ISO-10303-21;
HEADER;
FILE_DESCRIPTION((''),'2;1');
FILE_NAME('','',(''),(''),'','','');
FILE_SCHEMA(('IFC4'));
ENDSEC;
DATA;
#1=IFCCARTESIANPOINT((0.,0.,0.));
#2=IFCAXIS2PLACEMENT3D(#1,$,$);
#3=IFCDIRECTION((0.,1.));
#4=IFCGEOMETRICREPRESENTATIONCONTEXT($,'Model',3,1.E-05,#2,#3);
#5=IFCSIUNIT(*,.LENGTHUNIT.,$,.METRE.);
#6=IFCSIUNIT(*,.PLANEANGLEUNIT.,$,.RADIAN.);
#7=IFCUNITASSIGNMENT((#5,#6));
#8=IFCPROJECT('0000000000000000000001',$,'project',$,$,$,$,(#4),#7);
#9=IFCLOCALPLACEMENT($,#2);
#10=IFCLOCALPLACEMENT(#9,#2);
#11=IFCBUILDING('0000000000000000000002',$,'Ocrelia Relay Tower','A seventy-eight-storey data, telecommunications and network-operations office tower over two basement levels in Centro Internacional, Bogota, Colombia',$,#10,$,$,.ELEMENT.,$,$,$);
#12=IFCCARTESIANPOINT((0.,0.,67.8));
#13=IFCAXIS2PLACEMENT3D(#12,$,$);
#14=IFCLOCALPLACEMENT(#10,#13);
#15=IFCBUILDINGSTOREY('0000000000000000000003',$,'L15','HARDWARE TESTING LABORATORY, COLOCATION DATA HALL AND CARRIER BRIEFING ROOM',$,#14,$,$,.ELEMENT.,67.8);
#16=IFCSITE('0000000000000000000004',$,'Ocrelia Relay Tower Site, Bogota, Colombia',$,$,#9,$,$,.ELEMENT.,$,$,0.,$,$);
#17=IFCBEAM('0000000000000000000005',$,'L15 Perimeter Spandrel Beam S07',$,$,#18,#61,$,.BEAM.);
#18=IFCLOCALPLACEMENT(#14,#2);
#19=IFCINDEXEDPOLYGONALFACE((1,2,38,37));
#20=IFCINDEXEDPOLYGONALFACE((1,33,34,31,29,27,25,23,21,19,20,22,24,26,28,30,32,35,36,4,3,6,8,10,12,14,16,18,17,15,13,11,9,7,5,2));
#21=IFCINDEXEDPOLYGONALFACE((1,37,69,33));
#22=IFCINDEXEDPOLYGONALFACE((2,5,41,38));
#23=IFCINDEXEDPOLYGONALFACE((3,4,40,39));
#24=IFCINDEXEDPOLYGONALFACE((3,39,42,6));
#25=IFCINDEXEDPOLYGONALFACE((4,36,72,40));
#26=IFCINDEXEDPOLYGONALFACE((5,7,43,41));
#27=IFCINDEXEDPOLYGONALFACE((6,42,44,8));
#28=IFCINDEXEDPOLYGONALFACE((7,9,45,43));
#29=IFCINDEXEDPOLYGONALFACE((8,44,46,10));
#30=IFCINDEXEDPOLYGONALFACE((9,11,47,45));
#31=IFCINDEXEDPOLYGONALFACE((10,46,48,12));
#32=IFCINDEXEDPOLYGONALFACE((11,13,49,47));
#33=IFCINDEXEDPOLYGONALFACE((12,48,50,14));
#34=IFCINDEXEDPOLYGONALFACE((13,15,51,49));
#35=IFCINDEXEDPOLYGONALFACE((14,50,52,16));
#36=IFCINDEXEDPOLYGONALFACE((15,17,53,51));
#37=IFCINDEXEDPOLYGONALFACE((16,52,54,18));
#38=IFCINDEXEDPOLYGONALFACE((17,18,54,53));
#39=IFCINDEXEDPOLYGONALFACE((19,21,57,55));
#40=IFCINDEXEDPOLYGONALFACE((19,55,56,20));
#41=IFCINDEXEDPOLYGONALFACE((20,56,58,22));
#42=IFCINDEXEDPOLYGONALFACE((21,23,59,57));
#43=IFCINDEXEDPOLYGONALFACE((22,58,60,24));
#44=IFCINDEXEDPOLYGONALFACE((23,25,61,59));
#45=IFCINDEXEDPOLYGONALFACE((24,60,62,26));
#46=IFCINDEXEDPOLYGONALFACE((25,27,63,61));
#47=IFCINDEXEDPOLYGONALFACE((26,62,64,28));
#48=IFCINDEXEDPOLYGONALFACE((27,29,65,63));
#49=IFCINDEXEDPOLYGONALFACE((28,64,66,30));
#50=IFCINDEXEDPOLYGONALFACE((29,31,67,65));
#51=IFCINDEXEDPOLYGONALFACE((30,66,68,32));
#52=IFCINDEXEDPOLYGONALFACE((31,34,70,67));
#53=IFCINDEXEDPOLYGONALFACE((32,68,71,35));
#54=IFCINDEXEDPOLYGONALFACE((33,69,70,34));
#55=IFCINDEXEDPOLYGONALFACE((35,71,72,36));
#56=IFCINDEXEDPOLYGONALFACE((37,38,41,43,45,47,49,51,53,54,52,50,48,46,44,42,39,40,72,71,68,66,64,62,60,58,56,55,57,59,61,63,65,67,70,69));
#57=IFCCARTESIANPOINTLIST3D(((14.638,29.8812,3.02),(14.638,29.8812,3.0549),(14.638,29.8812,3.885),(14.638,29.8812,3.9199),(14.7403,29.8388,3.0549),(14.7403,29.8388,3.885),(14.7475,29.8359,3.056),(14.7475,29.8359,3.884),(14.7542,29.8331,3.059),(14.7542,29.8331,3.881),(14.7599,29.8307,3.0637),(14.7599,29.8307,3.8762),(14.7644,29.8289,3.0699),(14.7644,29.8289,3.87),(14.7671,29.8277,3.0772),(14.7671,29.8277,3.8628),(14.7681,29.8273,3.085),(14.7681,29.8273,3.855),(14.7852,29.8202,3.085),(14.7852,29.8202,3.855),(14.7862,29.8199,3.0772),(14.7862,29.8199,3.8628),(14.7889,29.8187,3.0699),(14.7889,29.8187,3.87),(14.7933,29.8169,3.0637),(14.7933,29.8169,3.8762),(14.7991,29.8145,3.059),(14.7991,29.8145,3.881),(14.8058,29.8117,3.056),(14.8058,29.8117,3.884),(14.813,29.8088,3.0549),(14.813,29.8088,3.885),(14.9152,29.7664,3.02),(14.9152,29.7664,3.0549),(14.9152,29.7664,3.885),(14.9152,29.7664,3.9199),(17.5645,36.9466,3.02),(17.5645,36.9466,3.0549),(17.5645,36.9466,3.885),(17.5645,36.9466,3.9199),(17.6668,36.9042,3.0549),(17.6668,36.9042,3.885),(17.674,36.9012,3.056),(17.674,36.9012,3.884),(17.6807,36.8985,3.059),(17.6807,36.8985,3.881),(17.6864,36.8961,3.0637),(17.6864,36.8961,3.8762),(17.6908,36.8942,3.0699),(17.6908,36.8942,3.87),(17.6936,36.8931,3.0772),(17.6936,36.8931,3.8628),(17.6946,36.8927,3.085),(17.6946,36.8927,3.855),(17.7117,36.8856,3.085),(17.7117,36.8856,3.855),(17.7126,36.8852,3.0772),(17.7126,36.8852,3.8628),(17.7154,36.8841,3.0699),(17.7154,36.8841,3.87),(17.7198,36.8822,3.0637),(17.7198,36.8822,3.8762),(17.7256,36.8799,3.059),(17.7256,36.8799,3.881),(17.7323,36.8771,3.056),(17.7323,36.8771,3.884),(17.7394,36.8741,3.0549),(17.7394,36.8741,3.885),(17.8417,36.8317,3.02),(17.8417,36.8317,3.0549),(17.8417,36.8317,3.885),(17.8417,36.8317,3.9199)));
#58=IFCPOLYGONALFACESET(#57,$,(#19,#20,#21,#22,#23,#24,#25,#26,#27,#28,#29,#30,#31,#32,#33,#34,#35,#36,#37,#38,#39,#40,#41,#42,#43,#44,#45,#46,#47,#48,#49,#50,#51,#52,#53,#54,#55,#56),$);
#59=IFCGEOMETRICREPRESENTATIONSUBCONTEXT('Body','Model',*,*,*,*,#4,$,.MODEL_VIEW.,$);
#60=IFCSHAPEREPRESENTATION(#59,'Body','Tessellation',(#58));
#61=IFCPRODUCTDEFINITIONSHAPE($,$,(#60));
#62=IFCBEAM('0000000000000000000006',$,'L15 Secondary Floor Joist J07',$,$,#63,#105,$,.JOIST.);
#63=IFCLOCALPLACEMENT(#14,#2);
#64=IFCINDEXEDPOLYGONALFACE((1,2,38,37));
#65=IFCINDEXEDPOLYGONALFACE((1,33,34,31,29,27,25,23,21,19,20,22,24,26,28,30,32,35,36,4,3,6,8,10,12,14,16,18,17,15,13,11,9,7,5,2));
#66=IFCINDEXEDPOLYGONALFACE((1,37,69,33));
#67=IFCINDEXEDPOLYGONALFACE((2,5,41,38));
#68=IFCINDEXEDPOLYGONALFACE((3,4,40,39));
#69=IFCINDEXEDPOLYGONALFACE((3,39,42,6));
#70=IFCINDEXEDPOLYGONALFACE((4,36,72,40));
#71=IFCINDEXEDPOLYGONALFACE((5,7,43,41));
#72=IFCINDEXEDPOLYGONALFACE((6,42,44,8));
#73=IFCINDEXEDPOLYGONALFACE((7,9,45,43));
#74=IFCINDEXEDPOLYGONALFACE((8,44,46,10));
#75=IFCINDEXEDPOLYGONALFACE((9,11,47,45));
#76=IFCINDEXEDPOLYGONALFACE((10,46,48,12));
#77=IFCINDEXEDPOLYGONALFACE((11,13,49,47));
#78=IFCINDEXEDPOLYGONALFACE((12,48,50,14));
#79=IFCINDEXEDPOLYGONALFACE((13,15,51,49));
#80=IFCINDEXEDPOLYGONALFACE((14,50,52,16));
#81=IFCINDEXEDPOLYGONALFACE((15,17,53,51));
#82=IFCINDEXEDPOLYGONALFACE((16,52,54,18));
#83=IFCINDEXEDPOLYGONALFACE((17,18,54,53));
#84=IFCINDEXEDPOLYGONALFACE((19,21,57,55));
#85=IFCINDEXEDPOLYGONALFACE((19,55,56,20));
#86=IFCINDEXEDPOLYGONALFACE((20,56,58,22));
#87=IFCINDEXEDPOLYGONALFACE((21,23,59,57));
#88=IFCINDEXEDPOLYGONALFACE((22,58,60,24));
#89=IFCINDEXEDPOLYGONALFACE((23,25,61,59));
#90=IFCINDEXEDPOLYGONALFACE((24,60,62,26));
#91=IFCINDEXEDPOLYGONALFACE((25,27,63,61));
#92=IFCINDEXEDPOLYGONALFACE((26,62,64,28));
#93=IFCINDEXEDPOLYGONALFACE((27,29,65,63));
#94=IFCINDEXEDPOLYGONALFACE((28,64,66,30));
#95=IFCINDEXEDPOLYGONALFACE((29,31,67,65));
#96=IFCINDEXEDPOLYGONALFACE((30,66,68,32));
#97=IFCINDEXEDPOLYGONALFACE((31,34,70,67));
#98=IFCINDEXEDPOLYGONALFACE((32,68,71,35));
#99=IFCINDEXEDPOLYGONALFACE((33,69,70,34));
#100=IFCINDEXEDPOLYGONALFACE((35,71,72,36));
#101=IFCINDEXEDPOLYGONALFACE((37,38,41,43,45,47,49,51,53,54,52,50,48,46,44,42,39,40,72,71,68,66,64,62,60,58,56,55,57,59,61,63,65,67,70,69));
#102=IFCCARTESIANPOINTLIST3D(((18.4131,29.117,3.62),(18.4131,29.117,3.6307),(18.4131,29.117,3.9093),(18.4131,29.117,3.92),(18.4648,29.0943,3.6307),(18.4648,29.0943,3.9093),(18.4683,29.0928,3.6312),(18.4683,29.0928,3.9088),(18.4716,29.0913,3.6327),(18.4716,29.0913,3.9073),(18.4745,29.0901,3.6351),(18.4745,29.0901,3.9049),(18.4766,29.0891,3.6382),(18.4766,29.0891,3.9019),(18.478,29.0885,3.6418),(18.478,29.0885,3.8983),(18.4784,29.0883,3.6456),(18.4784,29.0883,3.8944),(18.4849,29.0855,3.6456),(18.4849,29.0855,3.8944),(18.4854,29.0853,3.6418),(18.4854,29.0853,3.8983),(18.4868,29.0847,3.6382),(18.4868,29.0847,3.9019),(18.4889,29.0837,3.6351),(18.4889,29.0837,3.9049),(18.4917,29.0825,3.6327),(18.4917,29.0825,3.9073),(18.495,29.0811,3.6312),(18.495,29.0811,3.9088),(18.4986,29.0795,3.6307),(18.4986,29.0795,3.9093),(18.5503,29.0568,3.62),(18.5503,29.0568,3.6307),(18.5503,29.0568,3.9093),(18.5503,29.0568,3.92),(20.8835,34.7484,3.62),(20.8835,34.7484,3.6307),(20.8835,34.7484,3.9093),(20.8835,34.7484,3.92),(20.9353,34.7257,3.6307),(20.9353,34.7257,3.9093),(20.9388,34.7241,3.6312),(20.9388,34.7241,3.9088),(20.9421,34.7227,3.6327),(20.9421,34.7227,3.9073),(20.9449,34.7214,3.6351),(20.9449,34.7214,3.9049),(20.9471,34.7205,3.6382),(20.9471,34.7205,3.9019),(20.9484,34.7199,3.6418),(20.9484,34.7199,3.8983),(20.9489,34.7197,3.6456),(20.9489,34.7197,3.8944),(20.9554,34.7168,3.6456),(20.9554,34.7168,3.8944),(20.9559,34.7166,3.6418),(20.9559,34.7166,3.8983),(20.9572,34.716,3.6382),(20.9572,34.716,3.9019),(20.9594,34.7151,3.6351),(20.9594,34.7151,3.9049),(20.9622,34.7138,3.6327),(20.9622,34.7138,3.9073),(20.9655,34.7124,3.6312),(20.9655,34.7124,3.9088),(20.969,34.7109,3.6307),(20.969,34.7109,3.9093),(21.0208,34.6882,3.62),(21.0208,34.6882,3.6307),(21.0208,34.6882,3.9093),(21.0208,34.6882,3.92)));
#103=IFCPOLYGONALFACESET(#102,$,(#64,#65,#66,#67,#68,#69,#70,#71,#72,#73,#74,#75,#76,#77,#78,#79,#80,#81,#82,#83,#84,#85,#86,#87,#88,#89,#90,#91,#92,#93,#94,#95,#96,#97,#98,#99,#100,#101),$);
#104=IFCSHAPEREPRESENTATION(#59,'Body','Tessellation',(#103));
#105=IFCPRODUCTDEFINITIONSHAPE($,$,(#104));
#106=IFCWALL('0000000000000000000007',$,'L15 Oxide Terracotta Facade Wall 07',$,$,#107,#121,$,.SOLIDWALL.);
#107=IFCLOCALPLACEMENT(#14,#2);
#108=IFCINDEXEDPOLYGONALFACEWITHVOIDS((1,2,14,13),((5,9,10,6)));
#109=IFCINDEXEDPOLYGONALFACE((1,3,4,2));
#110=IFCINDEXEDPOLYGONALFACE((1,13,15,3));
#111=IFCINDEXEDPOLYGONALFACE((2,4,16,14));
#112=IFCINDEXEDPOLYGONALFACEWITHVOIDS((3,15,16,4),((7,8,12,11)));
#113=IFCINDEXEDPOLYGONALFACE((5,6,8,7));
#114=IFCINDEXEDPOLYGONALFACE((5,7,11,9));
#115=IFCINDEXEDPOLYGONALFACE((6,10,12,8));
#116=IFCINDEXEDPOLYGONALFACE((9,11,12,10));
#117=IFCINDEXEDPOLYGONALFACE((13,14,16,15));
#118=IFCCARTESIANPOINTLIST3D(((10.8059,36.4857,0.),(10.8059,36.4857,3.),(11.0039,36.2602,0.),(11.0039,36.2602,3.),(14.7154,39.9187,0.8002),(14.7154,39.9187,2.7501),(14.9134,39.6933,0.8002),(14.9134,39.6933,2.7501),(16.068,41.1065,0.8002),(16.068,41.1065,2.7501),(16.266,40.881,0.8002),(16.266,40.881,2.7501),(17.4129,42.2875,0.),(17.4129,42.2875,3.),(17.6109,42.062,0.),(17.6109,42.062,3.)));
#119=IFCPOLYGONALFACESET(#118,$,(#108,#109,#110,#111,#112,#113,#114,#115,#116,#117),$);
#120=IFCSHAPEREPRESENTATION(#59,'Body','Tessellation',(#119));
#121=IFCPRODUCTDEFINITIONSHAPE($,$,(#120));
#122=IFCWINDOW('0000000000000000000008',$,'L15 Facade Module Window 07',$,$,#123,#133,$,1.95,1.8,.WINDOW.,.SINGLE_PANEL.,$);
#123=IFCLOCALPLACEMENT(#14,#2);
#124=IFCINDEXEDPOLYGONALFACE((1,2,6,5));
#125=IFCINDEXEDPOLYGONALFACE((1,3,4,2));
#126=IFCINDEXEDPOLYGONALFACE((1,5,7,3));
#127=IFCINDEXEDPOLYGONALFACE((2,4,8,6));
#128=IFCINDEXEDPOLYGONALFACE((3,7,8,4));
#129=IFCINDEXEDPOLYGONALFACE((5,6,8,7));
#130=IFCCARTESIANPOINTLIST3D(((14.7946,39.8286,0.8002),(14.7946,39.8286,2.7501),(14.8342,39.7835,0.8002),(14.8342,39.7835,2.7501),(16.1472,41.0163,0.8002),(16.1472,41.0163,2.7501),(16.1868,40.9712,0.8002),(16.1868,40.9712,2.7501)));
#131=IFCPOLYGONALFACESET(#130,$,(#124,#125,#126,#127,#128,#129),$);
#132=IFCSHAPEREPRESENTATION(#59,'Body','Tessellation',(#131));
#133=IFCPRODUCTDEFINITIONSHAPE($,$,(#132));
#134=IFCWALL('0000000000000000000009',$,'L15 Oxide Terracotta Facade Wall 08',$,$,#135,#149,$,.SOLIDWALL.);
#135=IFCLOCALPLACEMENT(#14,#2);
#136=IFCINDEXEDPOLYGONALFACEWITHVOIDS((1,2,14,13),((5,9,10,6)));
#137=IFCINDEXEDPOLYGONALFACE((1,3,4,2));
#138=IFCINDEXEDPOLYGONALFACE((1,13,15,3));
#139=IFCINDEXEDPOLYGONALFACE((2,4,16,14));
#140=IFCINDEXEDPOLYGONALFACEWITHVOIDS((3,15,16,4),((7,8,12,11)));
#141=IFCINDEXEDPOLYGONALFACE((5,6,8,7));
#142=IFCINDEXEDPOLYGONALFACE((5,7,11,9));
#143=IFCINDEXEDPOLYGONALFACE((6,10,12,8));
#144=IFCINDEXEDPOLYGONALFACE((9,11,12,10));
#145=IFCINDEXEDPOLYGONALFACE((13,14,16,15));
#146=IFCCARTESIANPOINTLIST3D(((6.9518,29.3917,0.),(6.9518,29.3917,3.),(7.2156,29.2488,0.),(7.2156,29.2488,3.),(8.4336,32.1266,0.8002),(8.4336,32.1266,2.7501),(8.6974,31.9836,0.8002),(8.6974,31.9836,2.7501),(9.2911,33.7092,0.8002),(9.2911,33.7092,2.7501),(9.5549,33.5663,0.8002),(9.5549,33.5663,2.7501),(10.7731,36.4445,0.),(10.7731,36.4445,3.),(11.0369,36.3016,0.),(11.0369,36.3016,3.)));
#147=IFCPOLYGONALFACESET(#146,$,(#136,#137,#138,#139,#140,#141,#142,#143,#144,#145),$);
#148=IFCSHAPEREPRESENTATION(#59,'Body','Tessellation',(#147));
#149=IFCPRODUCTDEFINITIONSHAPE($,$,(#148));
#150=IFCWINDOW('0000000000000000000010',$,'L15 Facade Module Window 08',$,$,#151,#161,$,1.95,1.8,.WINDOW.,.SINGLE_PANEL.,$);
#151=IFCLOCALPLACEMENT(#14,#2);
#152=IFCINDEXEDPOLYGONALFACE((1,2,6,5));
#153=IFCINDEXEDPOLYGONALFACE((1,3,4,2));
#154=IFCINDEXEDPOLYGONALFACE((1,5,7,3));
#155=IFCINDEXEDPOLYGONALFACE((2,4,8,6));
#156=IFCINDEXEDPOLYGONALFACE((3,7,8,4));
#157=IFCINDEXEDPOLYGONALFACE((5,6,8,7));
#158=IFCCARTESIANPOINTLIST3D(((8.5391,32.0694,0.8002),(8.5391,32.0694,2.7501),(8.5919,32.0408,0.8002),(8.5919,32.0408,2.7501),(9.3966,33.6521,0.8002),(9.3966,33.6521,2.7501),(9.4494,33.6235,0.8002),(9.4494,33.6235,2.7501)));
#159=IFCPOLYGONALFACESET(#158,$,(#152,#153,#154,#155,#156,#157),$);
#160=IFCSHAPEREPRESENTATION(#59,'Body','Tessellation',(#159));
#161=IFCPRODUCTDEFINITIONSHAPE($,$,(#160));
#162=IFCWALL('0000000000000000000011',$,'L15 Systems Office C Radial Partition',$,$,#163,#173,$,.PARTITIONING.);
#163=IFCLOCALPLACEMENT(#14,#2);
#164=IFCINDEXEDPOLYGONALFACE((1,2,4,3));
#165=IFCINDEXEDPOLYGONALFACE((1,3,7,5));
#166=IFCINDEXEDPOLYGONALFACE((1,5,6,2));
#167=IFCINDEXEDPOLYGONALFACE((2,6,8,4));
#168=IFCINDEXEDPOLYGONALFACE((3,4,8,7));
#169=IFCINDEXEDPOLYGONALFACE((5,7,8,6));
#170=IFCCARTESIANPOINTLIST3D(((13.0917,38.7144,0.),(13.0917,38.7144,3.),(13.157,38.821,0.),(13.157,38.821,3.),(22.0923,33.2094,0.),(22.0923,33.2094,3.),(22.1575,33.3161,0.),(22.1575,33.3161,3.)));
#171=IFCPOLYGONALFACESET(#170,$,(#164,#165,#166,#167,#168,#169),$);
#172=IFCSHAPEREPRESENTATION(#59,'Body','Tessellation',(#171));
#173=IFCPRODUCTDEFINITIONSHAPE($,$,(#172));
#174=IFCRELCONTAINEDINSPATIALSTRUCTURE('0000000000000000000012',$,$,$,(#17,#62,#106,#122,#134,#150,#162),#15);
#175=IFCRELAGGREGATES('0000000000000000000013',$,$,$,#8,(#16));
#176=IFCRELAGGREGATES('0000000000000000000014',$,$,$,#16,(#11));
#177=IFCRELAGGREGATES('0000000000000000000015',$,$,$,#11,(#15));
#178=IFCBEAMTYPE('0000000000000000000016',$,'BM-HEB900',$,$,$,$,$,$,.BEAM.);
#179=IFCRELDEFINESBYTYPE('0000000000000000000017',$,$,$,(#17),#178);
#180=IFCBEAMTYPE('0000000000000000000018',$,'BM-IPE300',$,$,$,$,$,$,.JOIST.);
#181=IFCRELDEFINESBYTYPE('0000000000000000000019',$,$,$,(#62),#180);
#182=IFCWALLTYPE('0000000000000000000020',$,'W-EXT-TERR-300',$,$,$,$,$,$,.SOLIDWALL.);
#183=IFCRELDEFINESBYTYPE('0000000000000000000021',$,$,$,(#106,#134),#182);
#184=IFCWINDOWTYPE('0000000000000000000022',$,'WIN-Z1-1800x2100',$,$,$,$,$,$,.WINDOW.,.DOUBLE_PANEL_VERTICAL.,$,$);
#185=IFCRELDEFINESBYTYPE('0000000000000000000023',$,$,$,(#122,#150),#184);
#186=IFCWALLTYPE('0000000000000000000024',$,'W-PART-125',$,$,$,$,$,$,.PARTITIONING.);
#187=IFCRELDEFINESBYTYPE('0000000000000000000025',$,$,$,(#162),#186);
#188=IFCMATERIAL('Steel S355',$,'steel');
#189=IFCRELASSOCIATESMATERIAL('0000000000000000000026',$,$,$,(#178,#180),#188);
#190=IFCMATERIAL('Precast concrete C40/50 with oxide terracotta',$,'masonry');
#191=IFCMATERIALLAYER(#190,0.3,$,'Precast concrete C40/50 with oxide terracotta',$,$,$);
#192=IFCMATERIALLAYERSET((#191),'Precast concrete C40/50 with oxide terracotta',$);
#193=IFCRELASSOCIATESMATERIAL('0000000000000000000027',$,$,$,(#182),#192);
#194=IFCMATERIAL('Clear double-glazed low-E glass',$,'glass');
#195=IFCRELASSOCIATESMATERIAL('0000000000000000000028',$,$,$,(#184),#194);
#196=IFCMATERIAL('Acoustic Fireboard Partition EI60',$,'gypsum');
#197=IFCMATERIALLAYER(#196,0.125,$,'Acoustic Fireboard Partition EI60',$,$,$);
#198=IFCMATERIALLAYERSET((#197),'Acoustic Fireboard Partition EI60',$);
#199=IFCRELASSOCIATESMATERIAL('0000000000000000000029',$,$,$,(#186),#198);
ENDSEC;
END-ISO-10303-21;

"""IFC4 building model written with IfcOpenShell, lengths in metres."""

from ifc_helpers import new_model, si_unit, direction, frame, frame_2d, origin, origin_2d, place, context, subcontext, project, spatial, rectangle, i_section, extrude, material, layer, layer_set, material_profile, profile_set, type_object, element, fill, save


model = new_model("IFC4")

# Units and contexts
model_context = context("Model", 3, precision=1e-05, world=origin(), true_north=direction((0.0, 1.0)))
body_context = subcontext(model_context, "Body", "Model", "MODEL_VIEW")
ifc_project = project(units=[si_unit("LENGTHUNIT", "METRE"), si_unit("PLANEANGLEUNIT", "RADIAN")], contexts=[model_context])

# Site, building, storey
site_placement = place(None, origin())
site = spatial("IfcSite", under=ifc_project, at=site_placement, Name="Ocrelia Relay Tower Site, Bogota, Colombia", CompositionType="ELEMENT", RefElevation=0.0)
building_placement = place(site_placement, origin())
building = spatial("IfcBuilding", under=site, at=building_placement, Name="Ocrelia Relay Tower", Description="A seventy-eight-storey data, telecommunications and network-operations office tower over two basement levels in Centro Internacional, Bogota, Colombia", CompositionType="ELEMENT")
storey_placement = place(building_placement, frame((0.0, 0.0, 67.8)))
storey = spatial("IfcBuildingStorey", under=building, at=storey_placement, Name="L15", Description="HARDWARE TESTING LABORATORY, COLOCATION DATA HALL AND CARRIER BRIEFING ROOM", CompositionType="ELEMENT", Elevation=67.8)

# Beams
ifc_material_1 = material(Name="Steel S355", Category="steel")
ifc_material_profile_1 = material_profile(ifc_material_1, i_section(OverallWidth=0.3, OverallDepth=0.8999, WebThickness=0.0186, FlangeThickness=0.0349, FilletRadius=0.03, at=origin_2d()), Name="HEB 900")
ifc_profile_set_1 = profile_set([ifc_material_profile_1], Name="Steel S355")
beam_type_1 = type_object("IfcBeamType", Name="BM-HEB900", PredefinedType="BEAM", material=ifc_profile_set_1)
beam_1_placement = place(storey_placement, frame((17.7031, 36.8892, 3.47), z_axis=(-0.382674, -0.923883, 0.0), x_axis=(0.923883, -0.382674, 0.0)))
element("IfcBeam", 1, at=beam_1_placement, inside=storey, type_object=beam_type_1, Name="L15 Perimeter Spandrel Beam S07", PredefinedType="BEAM", context=body_context, shape_type="SweptSolid", body=[
    extrude(i_section(OverallWidth=0.3, OverallDepth=0.8999, WebThickness=0.0186, FlangeThickness=0.0349, FilletRadius=0.03, at=origin_2d()), origin(), (0.0, 0.0, 1.0), 7.6475),
])
ifc_material_profile_2 = material_profile(ifc_material_1, i_section(OverallWidth=0.1499, OverallDepth=0.3, WebThickness=0.0071, FlangeThickness=0.0107, FilletRadius=0.0149, at=origin_2d()), Name="IPE 300")
ifc_profile_set_2 = profile_set([ifc_material_profile_2], Name="Steel S355")
beam_type_2 = type_object("IfcBeamType", Name="BM-IPE300", PredefinedType="JOIST", material=ifc_profile_set_2)
beam_2_placement = place(storey_placement, frame((20.9521, 34.7183, 3.77), z_axis=(-0.401739, -0.915754, 0.0), x_axis=(0.915754, -0.401739, 0.0)))
element("IfcBeam", 2, at=beam_2_placement, inside=storey, type_object=beam_type_2, Name="L15 Secondary Floor Joist J07", PredefinedType="JOIST", context=body_context, shape_type="SweptSolid", body=[
    extrude(i_section(OverallWidth=0.1499, OverallDepth=0.3, WebThickness=0.0071, FlangeThickness=0.0107, FilletRadius=0.0149, at=origin_2d()), origin(), (0.0, 0.0, 1.0), 6.1494),
])

# Walls, openings, windows
ifc_material_2 = material(Name="Precast concrete C40/50 with oxide terracotta", Category="masonry")
ifc_layer_1 = layer(ifc_material_2, 0.3, Name="Precast concrete C40/50 with oxide terracotta")
ifc_layer_set_1 = layer_set([ifc_layer_1], Name="Precast concrete C40/50 with oxide terracotta")
wall_type_1 = type_object("IfcWallType", Name="W-EXT-TERR-300", PredefinedType="SOLIDWALL", material=ifc_layer_set_1)
wall_1_placement = place(storey_placement, frame((17.512, 42.1748, 0.0), z_axis=(0.0, 0.0, 1.0), x_axis=(-0.751409, -0.659836, 0.0)))
wall_1 = element("IfcWall", 3, at=wall_1_placement, inside=storey, type_object=wall_type_1, Name="L15 Oxide Terracotta Facade Wall 07", PredefinedType="SOLIDWALL", context=body_context, shape_type="SweptSolid", body=[
    extrude(rectangle(XDim=8.7927, YDim=0.3, at=frame_2d((4.3965, 0.0))), origin(), (0.0, 0.0, 1.0), 3.0),
])
opening_1_placement = place(wall_1_placement, frame((1.79, 0.0, 0.8)))
opening_1 = element("IfcOpeningElement", 4, at=opening_1_placement, cuts=wall_1, PredefinedType="OPENING", context=body_context, shape_type="SweptSolid", body=[
    extrude(rectangle(XDim=1.8, YDim=1.95, at=frame_2d((0.8999, 0.9751))), frame((0.0, 0.1602, 0.0), z_axis=(0.0, -1.0, 0.0), x_axis=(1.0, 0.0, 0.0)), (0.0, 0.0, 1.0), 0.3201),
])
ifc_material_3 = material(Name="Clear double-glazed low-E glass", Category="glass")
window_type = type_object("IfcWindowType", Name="WIN-Z1-1800x2100", PartitioningType="DOUBLE_PANEL_VERTICAL", PredefinedType="WINDOW", material=ifc_material_3)
window_1_placement = place(opening_1_placement, origin())
window_1 = element("IfcWindow", 5, at=window_1_placement, inside=storey, type_object=window_type, Name="L15 Facade Module Window 07", OverallHeight=1.95, OverallWidth=1.8, PartitioningType="SINGLE_PANEL", PredefinedType="WINDOW", context=body_context, shape_type="SweptSolid", body=[
    extrude(rectangle(XDim=1.8, YDim=1.95, at=frame_2d((0.8999, 0.9751))), frame((0.0, 0.03, 0.0), z_axis=(0.0, -1.0, 0.0), x_axis=(1.0, 0.0, 0.0)), (0.0, 0.0, 1.0), 0.0601),
])
fill(opening_1, window_1)
wall_2_placement = place(storey_placement, frame((10.905, 36.373, 0.0), z_axis=(0.0, 0.0, 1.0), x_axis=(-0.476385, -0.879237, 0.0)))
wall_2 = element("IfcWall", 6, at=wall_2_placement, inside=storey, type_object=wall_type_1, Name="L15 Oxide Terracotta Facade Wall 08", PredefinedType="SOLIDWALL", context=body_context, shape_type="SweptSolid", body=[
    extrude(rectangle(XDim=8.0215, YDim=0.3, at=frame_2d((4.0107, 0.0))), origin(), (0.0, 0.0, 1.0), 3.0),
])
opening_2_placement = place(wall_2_placement, frame((3.1111, 0.0, 0.8)))
opening_2 = element("IfcOpeningElement", 7, at=opening_2_placement, cuts=wall_2, PredefinedType="OPENING", context=body_context, shape_type="SweptSolid", body=[
    extrude(rectangle(XDim=1.8, YDim=1.95, at=frame_2d((0.8999, 0.9751))), frame((0.0, 0.1602, 0.0), z_axis=(0.0, -1.0, 0.0), x_axis=(1.0, 0.0, 0.0)), (0.0, 0.0, 1.0), 0.3201),
])
window_2_placement = place(opening_2_placement, origin())
window_2 = element("IfcWindow", 8, at=window_2_placement, inside=storey, type_object=window_type, Name="L15 Facade Module Window 08", OverallHeight=1.95, OverallWidth=1.8, PartitioningType="SINGLE_PANEL", PredefinedType="WINDOW", context=body_context, shape_type="SweptSolid", body=[
    extrude(rectangle(XDim=1.8, YDim=1.95, at=frame_2d((0.8999, 0.9751))), frame((0.0, 0.03, 0.0), z_axis=(0.0, -1.0, 0.0), x_axis=(1.0, 0.0, 0.0)), (0.0, 0.0, 1.0), 0.0601),
])
fill(opening_2, window_2)

# Wall
ifc_material_4 = material(Name="Acoustic Fireboard Partition EI60", Category="gypsum")
ifc_layer_2 = layer(ifc_material_4, 0.125, Name="Acoustic Fireboard Partition EI60")
ifc_layer_set_2 = layer_set([ifc_layer_2], Name="Acoustic Fireboard Partition EI60")
wall_type_2 = type_object("IfcWallType", Name="W-PART-125", PredefinedType="PARTITIONING", material=ifc_layer_set_2)
wall_3_placement = place(storey_placement, frame((22.125, 33.2627, 0.0), z_axis=(0.0, 0.0, 1.0), x_axis=(-0.853088, 0.521766, 0.0)))
element("IfcWall", 9, at=wall_3_placement, inside=storey, type_object=wall_type_2, Name="L15 Systems Office C Radial Partition", PredefinedType="PARTITIONING", context=body_context, shape_type="SweptSolid", body=[
    extrude(rectangle(XDim=10.5505, YDim=0.125, at=frame_2d((5.2754, 0.0))), origin(), (0.0, 0.0, 1.0), 3.0),
])

save(model, "model.ifc")
